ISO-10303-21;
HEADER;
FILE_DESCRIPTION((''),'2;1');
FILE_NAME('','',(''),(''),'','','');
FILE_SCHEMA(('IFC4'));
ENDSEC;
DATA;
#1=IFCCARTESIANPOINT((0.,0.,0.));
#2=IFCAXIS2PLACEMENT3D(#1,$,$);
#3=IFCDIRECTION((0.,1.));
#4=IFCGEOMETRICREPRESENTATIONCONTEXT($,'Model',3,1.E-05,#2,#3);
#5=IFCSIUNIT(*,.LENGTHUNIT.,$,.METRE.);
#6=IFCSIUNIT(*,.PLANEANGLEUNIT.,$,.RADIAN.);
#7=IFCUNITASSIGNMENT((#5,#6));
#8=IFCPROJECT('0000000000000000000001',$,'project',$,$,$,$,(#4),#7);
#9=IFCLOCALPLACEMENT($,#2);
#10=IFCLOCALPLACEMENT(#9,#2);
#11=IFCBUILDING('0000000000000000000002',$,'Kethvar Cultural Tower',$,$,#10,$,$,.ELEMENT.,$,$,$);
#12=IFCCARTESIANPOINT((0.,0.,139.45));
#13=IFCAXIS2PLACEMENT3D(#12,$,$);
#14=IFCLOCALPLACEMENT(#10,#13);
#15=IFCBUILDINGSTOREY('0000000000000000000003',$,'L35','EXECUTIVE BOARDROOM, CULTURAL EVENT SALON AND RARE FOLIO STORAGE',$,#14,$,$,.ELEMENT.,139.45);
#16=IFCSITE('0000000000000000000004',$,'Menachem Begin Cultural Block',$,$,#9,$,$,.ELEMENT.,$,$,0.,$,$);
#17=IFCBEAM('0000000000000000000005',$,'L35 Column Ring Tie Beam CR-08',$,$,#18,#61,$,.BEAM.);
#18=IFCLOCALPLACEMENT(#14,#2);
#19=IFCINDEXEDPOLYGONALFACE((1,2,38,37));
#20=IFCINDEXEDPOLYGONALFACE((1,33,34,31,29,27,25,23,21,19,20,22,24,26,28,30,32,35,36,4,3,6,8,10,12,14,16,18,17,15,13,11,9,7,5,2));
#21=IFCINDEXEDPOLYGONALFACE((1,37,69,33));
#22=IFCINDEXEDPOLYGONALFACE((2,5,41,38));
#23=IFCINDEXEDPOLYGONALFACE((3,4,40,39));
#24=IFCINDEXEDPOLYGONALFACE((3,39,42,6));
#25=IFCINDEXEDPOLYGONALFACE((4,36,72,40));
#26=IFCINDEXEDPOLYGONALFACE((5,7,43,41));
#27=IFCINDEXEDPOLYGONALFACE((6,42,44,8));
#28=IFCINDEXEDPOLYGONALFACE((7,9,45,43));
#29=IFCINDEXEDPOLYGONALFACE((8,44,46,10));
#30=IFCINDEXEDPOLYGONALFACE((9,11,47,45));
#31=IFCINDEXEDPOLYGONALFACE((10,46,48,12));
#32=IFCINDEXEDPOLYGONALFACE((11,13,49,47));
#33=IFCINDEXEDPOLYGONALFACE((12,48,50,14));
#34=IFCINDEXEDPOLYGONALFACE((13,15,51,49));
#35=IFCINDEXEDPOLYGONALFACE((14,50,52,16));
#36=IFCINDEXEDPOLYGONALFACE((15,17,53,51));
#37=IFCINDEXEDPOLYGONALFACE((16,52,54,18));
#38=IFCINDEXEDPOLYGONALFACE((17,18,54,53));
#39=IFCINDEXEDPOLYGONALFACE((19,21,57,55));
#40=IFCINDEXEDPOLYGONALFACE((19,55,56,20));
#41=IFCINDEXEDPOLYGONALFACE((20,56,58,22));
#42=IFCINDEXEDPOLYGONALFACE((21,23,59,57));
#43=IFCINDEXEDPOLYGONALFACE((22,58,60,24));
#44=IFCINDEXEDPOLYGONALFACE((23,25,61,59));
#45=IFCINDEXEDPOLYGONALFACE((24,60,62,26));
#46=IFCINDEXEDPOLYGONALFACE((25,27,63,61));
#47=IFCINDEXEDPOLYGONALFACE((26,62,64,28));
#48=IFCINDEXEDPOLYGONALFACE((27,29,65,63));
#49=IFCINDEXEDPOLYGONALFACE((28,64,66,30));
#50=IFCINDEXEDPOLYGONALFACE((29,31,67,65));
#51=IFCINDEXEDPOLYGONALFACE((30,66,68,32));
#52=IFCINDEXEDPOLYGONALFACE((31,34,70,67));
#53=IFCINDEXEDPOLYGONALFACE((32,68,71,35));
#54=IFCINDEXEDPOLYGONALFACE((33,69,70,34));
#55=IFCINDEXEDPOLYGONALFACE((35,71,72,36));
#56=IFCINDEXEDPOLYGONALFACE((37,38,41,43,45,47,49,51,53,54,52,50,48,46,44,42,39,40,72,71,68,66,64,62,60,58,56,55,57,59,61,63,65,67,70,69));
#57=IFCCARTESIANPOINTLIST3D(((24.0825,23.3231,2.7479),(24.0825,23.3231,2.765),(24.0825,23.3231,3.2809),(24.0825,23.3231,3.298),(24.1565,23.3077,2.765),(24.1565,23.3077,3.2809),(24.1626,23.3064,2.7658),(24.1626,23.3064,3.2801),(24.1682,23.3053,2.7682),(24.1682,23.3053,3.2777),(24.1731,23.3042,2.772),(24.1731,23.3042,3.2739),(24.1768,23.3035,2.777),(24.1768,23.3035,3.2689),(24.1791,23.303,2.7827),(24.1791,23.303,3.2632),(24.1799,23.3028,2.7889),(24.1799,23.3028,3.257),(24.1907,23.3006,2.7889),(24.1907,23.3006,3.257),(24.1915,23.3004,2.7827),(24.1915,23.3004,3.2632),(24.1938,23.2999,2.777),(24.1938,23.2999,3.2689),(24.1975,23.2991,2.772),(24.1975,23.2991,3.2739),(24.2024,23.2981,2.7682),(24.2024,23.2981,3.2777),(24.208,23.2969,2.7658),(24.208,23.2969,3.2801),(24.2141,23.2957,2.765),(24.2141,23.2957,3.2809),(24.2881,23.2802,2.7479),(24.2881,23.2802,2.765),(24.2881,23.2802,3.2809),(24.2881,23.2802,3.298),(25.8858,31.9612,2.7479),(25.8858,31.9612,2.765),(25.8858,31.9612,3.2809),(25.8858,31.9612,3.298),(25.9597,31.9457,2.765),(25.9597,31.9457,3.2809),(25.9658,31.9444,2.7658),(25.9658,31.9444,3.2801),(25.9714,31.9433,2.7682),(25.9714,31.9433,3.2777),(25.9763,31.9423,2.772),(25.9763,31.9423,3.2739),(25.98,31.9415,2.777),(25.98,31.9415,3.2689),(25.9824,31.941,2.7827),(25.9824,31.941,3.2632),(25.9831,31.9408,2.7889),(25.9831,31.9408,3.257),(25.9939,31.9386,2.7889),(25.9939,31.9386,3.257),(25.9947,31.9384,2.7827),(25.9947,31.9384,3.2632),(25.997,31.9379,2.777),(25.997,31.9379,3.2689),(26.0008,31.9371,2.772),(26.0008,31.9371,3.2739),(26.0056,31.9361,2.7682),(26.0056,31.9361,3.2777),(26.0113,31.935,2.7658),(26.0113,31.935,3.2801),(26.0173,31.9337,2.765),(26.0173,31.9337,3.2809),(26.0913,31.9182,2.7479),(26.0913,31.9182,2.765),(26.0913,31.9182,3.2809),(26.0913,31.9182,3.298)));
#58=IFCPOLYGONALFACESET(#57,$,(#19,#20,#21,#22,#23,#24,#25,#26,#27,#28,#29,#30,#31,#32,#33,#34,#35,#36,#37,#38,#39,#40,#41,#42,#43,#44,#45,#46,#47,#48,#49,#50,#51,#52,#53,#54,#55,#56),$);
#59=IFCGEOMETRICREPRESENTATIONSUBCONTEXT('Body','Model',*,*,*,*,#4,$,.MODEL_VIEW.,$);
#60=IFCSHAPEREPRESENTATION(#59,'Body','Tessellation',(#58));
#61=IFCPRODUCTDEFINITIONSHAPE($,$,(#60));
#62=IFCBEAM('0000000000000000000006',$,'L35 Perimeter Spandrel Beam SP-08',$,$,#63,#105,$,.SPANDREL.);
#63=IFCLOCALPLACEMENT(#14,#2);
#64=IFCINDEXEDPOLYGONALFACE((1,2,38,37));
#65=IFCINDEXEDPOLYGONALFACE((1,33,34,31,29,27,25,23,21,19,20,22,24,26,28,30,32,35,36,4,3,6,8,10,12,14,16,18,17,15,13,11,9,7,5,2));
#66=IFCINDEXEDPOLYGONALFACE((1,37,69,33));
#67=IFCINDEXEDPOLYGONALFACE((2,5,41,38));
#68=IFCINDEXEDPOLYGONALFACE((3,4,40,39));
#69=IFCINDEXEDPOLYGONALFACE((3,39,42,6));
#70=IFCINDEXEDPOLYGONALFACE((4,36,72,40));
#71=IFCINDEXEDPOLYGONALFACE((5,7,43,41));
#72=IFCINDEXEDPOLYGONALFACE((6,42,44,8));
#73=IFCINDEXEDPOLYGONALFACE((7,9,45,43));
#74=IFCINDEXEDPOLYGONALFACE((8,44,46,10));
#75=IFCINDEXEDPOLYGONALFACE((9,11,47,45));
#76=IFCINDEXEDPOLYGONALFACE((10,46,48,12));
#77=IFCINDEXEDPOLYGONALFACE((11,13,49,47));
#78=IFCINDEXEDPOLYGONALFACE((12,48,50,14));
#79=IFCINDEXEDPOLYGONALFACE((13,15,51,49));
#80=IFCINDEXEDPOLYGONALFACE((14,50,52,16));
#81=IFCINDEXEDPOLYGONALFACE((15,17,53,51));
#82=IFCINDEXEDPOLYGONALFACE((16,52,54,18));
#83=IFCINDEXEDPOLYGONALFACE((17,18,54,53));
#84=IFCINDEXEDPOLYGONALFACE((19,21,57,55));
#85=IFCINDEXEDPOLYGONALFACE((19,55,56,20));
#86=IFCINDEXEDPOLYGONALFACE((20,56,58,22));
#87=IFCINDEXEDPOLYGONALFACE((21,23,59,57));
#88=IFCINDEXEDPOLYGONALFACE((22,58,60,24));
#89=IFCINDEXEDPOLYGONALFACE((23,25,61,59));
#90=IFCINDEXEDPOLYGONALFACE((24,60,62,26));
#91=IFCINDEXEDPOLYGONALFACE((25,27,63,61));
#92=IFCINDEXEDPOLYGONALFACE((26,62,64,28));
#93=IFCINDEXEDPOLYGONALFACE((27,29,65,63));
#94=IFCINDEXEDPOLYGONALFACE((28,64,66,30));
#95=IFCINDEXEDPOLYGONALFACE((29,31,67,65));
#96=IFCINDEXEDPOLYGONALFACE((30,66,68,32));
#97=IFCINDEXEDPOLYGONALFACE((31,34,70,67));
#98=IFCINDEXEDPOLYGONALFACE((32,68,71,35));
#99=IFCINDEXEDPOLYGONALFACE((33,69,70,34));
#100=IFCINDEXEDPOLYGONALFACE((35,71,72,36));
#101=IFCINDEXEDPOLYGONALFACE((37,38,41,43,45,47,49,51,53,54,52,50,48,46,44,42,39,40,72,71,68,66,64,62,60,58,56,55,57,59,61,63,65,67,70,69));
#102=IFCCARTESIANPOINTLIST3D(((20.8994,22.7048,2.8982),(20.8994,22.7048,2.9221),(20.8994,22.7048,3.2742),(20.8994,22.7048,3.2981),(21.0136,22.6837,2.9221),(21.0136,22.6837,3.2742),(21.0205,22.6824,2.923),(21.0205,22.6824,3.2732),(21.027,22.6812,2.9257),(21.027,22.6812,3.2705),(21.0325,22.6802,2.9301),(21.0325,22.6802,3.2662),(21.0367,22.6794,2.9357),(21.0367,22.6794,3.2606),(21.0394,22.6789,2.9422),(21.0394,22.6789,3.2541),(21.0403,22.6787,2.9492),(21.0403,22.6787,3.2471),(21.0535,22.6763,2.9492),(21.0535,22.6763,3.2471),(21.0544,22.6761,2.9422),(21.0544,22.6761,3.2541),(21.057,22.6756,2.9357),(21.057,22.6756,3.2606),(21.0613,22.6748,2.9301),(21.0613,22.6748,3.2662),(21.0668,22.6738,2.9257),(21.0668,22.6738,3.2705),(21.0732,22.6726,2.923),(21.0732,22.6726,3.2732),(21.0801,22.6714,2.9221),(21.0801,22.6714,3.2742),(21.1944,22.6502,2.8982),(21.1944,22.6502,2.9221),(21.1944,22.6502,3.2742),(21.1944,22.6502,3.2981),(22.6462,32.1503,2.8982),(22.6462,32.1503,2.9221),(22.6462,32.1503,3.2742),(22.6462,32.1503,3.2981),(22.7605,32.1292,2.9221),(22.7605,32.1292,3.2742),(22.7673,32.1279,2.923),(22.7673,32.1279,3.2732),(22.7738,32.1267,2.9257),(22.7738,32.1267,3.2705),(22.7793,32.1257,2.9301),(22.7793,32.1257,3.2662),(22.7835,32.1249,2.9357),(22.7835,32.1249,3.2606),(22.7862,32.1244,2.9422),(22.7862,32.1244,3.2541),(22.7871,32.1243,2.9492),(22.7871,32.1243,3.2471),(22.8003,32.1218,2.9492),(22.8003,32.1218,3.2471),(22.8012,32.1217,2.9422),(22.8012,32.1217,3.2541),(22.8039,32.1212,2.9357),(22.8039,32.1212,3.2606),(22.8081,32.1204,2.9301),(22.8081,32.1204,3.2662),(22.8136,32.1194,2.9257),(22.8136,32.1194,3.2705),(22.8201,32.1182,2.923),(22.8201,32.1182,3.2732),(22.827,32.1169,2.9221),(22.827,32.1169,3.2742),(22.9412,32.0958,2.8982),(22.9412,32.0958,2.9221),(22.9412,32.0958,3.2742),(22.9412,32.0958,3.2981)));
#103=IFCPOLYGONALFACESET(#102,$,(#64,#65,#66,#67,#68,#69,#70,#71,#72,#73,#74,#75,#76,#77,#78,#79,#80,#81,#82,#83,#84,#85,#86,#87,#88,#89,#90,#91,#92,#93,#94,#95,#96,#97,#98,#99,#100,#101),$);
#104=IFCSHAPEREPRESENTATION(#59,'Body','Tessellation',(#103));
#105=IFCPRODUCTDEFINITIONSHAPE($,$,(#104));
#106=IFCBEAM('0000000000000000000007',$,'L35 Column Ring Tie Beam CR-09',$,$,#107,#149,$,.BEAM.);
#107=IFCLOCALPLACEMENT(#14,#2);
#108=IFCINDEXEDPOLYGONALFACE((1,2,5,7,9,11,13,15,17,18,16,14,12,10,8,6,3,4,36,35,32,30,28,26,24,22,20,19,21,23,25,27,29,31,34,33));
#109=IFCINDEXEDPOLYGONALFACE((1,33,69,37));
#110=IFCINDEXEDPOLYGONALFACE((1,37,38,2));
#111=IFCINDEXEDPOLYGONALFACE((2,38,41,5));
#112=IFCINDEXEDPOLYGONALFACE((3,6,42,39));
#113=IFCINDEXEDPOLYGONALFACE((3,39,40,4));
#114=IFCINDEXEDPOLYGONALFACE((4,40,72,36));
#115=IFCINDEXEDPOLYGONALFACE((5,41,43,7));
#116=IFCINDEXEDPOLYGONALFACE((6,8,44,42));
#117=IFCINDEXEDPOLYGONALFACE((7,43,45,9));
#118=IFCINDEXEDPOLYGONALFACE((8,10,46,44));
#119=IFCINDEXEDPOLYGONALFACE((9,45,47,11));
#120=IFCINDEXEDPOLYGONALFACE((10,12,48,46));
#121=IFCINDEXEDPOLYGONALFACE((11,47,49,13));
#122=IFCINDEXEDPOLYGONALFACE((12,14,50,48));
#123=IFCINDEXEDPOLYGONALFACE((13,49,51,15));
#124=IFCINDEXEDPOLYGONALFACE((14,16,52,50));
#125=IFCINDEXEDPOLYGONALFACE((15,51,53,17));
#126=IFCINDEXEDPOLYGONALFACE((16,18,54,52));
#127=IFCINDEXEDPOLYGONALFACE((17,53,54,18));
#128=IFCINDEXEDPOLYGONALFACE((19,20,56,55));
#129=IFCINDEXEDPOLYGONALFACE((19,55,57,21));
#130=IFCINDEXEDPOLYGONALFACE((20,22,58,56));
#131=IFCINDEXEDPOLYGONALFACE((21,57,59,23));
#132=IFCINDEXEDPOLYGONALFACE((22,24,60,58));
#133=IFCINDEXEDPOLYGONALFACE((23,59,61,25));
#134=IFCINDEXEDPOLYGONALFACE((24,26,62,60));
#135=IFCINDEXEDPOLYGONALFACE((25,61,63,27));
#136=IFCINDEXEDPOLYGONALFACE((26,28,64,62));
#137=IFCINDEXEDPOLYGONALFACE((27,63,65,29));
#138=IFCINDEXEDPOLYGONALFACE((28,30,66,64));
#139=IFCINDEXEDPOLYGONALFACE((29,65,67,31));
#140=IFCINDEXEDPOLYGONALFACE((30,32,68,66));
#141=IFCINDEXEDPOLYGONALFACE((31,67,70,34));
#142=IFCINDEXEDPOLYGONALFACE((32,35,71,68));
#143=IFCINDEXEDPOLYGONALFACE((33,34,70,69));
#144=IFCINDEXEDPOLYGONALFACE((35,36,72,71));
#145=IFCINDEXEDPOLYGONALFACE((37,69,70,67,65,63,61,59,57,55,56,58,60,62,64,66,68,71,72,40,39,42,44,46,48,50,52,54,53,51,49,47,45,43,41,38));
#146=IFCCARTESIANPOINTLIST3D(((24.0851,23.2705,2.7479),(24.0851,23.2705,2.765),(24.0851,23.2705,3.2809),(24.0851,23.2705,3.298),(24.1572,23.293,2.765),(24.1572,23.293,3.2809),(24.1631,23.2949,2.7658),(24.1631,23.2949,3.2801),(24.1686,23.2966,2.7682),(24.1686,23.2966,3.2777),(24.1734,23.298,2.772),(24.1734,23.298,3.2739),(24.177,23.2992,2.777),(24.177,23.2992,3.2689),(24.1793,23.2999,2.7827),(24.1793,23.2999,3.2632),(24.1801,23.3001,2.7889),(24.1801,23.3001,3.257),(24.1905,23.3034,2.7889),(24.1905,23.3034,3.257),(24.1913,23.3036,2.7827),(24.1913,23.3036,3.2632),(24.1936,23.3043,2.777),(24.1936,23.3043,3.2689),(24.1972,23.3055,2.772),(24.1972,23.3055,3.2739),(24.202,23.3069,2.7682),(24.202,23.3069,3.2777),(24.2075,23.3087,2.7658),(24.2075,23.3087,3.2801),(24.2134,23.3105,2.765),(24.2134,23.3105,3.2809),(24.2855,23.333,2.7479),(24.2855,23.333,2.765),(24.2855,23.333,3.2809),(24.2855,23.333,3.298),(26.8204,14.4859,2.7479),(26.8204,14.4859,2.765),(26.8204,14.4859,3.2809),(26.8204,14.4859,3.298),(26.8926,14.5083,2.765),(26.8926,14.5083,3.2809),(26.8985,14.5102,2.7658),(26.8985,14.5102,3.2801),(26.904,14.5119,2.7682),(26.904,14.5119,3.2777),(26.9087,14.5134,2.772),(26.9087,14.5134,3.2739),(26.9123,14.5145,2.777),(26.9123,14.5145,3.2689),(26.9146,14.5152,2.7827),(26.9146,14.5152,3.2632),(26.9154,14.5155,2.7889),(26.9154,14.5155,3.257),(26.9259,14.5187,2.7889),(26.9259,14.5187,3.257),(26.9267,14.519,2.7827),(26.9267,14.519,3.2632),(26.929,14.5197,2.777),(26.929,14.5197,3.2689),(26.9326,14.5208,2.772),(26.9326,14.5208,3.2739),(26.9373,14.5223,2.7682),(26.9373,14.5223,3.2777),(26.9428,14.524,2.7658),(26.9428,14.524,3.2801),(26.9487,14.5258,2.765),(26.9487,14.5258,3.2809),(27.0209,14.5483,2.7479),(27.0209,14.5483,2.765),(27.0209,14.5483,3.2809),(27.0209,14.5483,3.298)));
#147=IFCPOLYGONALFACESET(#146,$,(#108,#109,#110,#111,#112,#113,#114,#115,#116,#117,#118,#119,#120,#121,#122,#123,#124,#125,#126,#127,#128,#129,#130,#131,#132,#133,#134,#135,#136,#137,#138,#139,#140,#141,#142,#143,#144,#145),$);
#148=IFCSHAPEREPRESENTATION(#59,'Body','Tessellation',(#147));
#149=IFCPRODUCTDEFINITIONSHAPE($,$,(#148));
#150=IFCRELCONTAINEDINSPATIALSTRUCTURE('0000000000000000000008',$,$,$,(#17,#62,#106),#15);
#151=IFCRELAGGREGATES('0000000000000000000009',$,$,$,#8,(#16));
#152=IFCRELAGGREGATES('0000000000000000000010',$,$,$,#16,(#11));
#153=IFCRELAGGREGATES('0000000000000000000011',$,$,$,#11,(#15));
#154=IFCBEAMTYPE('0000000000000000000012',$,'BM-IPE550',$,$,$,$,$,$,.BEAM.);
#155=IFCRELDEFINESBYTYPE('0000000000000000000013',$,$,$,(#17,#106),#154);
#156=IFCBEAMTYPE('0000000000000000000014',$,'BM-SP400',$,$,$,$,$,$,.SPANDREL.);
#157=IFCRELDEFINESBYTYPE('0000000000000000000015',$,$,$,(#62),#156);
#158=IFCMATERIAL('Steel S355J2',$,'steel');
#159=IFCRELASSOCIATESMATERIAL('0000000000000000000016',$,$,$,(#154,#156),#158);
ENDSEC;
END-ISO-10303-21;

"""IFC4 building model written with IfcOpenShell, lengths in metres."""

from ifc_helpers import new_model, si_unit, direction, frame, origin, origin_2d, place, context, subcontext, project, spatial, i_section, extrude, source, transform, mapped, material, material_profile, profile_set, type_object, element, save


model = new_model("IFC4")

# Units and contexts
model_context = context("Model", 3, precision=1e-05, world=origin(), true_north=direction((0.0, 1.0)))
body_context = subcontext(model_context, "Body", "Model", "MODEL_VIEW")
ifc_project = project(units=[si_unit("LENGTHUNIT", "METRE"), si_unit("PLANEANGLEUNIT", "RADIAN")], contexts=[model_context])

# Site, building, storey
site_placement = place(None, origin())
site = spatial("IfcSite", under=ifc_project, at=site_placement, Name="Menachem Begin Cultural Block", CompositionType="ELEMENT", RefElevation=0.0)
building_placement = place(site_placement, origin())
building = spatial("IfcBuilding", under=site, at=building_placement, Name="Kethvar Cultural Tower", CompositionType="ELEMENT")
storey_placement = place(building_placement, frame((0.0, 0.0, 139.45)))
storey = spatial("IfcBuildingStorey", under=building, at=storey_placement, Name="L35", Description="EXECUTIVE BOARDROOM, CULTURAL EVENT SALON AND RARE FOLIO STORAGE", CompositionType="ELEMENT", Elevation=139.45)

# Beams
ifc_material_1 = material(Name="Steel S355J2", Category="steel")
ifc_material_profile_1 = material_profile(ifc_material_1, i_section(OverallWidth=0.21, OverallDepth=0.55, WebThickness=0.011, FlangeThickness=0.0171, FilletRadius=0.0239, at=origin_2d()), Name="Steel S355J2 — IPE550")
ifc_profile_set_1 = profile_set([ifc_material_profile_1], Name="Steel S355J2 — IPE550")
beam_type_1 = type_object("IfcBeamType", Name="BM-IPE550", PredefinedType="BEAM", material=ifc_profile_set_1)
shared_shape_1 = source(origin(), body_context, "Body", "SweptSolid", [
    extrude(i_section(OverallWidth=0.21, OverallDepth=0.55, WebThickness=0.011, FlangeThickness=0.0171, FilletRadius=0.0239, at=origin_2d()), origin(), (0.0, 0.0, 1.0), 8.8242),
])
beam_1_placement = place(storey_placement, frame((25.9885, 31.9397, 3.0229), z_axis=(-0.204351, -0.978898, 0.0), x_axis=(0.978898, -0.204351, 0.0)))
element("IfcBeam", 1, at=beam_1_placement, inside=storey, type_object=beam_type_1, Name="L35 Column Ring Tie Beam CR-08", PredefinedType="BEAM", context=body_context, shape_type="MappedRepresentation", body=[
    mapped(shared_shape_1, transform((0.0, 0.0, 0.0), scale=1.0)),
])
ifc_material_profile_2 = material_profile(ifc_material_1, i_section(OverallWidth=0.3, OverallDepth=0.3999, WebThickness=0.0134, FlangeThickness=0.0239, FilletRadius=0.0271, at=origin_2d()), Name="Steel S355J2 — HEB400")
ifc_profile_set_2 = profile_set([ifc_material_profile_2], Name="Steel S355J2 — HEB400")
beam_type_2 = type_object("IfcBeamType", Name="BM-SP400", PredefinedType="SPANDREL", material=ifc_profile_set_2)
shared_shape_2 = source(origin(), body_context, "Body", "SweptSolid", [
    extrude(i_section(OverallWidth=0.3, OverallDepth=0.3999, WebThickness=0.0134, FlangeThickness=0.0239, FilletRadius=0.0271, at=origin_2d()), origin(), (0.0, 0.0, 1.0), 9.6057),
])
beam_2_placement = place(storey_placement, frame((22.7937, 32.123, 3.0981), z_axis=(-0.181853, -0.983326, 0.0), x_axis=(0.983326, -0.181853, 0.0)))
element("IfcBeam", 2, at=beam_2_placement, inside=storey, type_object=beam_type_2, Name="L35 Perimeter Spandrel Beam SP-08", PredefinedType="SPANDREL", context=body_context, shape_type="MappedRepresentation", body=[
    mapped(shared_shape_2, transform((0.0, 0.0, 0.0), scale=1.0)),
])
shared_shape_3 = source(origin(), body_context, "Body", "SweptSolid", [
    extrude(i_section(OverallWidth=0.21, OverallDepth=0.55, WebThickness=0.011, FlangeThickness=0.0171, FilletRadius=0.0239, at=origin_2d()), origin(), (0.0, 0.0, 1.0), 9.2007),
])
beam_3_placement = place(storey_placement, frame((24.1853, 23.3018, 3.0229), z_axis=(0.297299, -0.954784, 0.0), x_axis=(0.954784, 0.297299, 0.0)))
element("IfcBeam", 3, at=beam_3_placement, inside=storey, type_object=beam_type_1, Name="L35 Column Ring Tie Beam CR-09", PredefinedType="BEAM", context=body_context, shape_type="MappedRepresentation", body=[
    mapped(shared_shape_3, transform((0.0, 0.0, 0.0), scale=1.0)),
])

save(model, "model.ifc")
